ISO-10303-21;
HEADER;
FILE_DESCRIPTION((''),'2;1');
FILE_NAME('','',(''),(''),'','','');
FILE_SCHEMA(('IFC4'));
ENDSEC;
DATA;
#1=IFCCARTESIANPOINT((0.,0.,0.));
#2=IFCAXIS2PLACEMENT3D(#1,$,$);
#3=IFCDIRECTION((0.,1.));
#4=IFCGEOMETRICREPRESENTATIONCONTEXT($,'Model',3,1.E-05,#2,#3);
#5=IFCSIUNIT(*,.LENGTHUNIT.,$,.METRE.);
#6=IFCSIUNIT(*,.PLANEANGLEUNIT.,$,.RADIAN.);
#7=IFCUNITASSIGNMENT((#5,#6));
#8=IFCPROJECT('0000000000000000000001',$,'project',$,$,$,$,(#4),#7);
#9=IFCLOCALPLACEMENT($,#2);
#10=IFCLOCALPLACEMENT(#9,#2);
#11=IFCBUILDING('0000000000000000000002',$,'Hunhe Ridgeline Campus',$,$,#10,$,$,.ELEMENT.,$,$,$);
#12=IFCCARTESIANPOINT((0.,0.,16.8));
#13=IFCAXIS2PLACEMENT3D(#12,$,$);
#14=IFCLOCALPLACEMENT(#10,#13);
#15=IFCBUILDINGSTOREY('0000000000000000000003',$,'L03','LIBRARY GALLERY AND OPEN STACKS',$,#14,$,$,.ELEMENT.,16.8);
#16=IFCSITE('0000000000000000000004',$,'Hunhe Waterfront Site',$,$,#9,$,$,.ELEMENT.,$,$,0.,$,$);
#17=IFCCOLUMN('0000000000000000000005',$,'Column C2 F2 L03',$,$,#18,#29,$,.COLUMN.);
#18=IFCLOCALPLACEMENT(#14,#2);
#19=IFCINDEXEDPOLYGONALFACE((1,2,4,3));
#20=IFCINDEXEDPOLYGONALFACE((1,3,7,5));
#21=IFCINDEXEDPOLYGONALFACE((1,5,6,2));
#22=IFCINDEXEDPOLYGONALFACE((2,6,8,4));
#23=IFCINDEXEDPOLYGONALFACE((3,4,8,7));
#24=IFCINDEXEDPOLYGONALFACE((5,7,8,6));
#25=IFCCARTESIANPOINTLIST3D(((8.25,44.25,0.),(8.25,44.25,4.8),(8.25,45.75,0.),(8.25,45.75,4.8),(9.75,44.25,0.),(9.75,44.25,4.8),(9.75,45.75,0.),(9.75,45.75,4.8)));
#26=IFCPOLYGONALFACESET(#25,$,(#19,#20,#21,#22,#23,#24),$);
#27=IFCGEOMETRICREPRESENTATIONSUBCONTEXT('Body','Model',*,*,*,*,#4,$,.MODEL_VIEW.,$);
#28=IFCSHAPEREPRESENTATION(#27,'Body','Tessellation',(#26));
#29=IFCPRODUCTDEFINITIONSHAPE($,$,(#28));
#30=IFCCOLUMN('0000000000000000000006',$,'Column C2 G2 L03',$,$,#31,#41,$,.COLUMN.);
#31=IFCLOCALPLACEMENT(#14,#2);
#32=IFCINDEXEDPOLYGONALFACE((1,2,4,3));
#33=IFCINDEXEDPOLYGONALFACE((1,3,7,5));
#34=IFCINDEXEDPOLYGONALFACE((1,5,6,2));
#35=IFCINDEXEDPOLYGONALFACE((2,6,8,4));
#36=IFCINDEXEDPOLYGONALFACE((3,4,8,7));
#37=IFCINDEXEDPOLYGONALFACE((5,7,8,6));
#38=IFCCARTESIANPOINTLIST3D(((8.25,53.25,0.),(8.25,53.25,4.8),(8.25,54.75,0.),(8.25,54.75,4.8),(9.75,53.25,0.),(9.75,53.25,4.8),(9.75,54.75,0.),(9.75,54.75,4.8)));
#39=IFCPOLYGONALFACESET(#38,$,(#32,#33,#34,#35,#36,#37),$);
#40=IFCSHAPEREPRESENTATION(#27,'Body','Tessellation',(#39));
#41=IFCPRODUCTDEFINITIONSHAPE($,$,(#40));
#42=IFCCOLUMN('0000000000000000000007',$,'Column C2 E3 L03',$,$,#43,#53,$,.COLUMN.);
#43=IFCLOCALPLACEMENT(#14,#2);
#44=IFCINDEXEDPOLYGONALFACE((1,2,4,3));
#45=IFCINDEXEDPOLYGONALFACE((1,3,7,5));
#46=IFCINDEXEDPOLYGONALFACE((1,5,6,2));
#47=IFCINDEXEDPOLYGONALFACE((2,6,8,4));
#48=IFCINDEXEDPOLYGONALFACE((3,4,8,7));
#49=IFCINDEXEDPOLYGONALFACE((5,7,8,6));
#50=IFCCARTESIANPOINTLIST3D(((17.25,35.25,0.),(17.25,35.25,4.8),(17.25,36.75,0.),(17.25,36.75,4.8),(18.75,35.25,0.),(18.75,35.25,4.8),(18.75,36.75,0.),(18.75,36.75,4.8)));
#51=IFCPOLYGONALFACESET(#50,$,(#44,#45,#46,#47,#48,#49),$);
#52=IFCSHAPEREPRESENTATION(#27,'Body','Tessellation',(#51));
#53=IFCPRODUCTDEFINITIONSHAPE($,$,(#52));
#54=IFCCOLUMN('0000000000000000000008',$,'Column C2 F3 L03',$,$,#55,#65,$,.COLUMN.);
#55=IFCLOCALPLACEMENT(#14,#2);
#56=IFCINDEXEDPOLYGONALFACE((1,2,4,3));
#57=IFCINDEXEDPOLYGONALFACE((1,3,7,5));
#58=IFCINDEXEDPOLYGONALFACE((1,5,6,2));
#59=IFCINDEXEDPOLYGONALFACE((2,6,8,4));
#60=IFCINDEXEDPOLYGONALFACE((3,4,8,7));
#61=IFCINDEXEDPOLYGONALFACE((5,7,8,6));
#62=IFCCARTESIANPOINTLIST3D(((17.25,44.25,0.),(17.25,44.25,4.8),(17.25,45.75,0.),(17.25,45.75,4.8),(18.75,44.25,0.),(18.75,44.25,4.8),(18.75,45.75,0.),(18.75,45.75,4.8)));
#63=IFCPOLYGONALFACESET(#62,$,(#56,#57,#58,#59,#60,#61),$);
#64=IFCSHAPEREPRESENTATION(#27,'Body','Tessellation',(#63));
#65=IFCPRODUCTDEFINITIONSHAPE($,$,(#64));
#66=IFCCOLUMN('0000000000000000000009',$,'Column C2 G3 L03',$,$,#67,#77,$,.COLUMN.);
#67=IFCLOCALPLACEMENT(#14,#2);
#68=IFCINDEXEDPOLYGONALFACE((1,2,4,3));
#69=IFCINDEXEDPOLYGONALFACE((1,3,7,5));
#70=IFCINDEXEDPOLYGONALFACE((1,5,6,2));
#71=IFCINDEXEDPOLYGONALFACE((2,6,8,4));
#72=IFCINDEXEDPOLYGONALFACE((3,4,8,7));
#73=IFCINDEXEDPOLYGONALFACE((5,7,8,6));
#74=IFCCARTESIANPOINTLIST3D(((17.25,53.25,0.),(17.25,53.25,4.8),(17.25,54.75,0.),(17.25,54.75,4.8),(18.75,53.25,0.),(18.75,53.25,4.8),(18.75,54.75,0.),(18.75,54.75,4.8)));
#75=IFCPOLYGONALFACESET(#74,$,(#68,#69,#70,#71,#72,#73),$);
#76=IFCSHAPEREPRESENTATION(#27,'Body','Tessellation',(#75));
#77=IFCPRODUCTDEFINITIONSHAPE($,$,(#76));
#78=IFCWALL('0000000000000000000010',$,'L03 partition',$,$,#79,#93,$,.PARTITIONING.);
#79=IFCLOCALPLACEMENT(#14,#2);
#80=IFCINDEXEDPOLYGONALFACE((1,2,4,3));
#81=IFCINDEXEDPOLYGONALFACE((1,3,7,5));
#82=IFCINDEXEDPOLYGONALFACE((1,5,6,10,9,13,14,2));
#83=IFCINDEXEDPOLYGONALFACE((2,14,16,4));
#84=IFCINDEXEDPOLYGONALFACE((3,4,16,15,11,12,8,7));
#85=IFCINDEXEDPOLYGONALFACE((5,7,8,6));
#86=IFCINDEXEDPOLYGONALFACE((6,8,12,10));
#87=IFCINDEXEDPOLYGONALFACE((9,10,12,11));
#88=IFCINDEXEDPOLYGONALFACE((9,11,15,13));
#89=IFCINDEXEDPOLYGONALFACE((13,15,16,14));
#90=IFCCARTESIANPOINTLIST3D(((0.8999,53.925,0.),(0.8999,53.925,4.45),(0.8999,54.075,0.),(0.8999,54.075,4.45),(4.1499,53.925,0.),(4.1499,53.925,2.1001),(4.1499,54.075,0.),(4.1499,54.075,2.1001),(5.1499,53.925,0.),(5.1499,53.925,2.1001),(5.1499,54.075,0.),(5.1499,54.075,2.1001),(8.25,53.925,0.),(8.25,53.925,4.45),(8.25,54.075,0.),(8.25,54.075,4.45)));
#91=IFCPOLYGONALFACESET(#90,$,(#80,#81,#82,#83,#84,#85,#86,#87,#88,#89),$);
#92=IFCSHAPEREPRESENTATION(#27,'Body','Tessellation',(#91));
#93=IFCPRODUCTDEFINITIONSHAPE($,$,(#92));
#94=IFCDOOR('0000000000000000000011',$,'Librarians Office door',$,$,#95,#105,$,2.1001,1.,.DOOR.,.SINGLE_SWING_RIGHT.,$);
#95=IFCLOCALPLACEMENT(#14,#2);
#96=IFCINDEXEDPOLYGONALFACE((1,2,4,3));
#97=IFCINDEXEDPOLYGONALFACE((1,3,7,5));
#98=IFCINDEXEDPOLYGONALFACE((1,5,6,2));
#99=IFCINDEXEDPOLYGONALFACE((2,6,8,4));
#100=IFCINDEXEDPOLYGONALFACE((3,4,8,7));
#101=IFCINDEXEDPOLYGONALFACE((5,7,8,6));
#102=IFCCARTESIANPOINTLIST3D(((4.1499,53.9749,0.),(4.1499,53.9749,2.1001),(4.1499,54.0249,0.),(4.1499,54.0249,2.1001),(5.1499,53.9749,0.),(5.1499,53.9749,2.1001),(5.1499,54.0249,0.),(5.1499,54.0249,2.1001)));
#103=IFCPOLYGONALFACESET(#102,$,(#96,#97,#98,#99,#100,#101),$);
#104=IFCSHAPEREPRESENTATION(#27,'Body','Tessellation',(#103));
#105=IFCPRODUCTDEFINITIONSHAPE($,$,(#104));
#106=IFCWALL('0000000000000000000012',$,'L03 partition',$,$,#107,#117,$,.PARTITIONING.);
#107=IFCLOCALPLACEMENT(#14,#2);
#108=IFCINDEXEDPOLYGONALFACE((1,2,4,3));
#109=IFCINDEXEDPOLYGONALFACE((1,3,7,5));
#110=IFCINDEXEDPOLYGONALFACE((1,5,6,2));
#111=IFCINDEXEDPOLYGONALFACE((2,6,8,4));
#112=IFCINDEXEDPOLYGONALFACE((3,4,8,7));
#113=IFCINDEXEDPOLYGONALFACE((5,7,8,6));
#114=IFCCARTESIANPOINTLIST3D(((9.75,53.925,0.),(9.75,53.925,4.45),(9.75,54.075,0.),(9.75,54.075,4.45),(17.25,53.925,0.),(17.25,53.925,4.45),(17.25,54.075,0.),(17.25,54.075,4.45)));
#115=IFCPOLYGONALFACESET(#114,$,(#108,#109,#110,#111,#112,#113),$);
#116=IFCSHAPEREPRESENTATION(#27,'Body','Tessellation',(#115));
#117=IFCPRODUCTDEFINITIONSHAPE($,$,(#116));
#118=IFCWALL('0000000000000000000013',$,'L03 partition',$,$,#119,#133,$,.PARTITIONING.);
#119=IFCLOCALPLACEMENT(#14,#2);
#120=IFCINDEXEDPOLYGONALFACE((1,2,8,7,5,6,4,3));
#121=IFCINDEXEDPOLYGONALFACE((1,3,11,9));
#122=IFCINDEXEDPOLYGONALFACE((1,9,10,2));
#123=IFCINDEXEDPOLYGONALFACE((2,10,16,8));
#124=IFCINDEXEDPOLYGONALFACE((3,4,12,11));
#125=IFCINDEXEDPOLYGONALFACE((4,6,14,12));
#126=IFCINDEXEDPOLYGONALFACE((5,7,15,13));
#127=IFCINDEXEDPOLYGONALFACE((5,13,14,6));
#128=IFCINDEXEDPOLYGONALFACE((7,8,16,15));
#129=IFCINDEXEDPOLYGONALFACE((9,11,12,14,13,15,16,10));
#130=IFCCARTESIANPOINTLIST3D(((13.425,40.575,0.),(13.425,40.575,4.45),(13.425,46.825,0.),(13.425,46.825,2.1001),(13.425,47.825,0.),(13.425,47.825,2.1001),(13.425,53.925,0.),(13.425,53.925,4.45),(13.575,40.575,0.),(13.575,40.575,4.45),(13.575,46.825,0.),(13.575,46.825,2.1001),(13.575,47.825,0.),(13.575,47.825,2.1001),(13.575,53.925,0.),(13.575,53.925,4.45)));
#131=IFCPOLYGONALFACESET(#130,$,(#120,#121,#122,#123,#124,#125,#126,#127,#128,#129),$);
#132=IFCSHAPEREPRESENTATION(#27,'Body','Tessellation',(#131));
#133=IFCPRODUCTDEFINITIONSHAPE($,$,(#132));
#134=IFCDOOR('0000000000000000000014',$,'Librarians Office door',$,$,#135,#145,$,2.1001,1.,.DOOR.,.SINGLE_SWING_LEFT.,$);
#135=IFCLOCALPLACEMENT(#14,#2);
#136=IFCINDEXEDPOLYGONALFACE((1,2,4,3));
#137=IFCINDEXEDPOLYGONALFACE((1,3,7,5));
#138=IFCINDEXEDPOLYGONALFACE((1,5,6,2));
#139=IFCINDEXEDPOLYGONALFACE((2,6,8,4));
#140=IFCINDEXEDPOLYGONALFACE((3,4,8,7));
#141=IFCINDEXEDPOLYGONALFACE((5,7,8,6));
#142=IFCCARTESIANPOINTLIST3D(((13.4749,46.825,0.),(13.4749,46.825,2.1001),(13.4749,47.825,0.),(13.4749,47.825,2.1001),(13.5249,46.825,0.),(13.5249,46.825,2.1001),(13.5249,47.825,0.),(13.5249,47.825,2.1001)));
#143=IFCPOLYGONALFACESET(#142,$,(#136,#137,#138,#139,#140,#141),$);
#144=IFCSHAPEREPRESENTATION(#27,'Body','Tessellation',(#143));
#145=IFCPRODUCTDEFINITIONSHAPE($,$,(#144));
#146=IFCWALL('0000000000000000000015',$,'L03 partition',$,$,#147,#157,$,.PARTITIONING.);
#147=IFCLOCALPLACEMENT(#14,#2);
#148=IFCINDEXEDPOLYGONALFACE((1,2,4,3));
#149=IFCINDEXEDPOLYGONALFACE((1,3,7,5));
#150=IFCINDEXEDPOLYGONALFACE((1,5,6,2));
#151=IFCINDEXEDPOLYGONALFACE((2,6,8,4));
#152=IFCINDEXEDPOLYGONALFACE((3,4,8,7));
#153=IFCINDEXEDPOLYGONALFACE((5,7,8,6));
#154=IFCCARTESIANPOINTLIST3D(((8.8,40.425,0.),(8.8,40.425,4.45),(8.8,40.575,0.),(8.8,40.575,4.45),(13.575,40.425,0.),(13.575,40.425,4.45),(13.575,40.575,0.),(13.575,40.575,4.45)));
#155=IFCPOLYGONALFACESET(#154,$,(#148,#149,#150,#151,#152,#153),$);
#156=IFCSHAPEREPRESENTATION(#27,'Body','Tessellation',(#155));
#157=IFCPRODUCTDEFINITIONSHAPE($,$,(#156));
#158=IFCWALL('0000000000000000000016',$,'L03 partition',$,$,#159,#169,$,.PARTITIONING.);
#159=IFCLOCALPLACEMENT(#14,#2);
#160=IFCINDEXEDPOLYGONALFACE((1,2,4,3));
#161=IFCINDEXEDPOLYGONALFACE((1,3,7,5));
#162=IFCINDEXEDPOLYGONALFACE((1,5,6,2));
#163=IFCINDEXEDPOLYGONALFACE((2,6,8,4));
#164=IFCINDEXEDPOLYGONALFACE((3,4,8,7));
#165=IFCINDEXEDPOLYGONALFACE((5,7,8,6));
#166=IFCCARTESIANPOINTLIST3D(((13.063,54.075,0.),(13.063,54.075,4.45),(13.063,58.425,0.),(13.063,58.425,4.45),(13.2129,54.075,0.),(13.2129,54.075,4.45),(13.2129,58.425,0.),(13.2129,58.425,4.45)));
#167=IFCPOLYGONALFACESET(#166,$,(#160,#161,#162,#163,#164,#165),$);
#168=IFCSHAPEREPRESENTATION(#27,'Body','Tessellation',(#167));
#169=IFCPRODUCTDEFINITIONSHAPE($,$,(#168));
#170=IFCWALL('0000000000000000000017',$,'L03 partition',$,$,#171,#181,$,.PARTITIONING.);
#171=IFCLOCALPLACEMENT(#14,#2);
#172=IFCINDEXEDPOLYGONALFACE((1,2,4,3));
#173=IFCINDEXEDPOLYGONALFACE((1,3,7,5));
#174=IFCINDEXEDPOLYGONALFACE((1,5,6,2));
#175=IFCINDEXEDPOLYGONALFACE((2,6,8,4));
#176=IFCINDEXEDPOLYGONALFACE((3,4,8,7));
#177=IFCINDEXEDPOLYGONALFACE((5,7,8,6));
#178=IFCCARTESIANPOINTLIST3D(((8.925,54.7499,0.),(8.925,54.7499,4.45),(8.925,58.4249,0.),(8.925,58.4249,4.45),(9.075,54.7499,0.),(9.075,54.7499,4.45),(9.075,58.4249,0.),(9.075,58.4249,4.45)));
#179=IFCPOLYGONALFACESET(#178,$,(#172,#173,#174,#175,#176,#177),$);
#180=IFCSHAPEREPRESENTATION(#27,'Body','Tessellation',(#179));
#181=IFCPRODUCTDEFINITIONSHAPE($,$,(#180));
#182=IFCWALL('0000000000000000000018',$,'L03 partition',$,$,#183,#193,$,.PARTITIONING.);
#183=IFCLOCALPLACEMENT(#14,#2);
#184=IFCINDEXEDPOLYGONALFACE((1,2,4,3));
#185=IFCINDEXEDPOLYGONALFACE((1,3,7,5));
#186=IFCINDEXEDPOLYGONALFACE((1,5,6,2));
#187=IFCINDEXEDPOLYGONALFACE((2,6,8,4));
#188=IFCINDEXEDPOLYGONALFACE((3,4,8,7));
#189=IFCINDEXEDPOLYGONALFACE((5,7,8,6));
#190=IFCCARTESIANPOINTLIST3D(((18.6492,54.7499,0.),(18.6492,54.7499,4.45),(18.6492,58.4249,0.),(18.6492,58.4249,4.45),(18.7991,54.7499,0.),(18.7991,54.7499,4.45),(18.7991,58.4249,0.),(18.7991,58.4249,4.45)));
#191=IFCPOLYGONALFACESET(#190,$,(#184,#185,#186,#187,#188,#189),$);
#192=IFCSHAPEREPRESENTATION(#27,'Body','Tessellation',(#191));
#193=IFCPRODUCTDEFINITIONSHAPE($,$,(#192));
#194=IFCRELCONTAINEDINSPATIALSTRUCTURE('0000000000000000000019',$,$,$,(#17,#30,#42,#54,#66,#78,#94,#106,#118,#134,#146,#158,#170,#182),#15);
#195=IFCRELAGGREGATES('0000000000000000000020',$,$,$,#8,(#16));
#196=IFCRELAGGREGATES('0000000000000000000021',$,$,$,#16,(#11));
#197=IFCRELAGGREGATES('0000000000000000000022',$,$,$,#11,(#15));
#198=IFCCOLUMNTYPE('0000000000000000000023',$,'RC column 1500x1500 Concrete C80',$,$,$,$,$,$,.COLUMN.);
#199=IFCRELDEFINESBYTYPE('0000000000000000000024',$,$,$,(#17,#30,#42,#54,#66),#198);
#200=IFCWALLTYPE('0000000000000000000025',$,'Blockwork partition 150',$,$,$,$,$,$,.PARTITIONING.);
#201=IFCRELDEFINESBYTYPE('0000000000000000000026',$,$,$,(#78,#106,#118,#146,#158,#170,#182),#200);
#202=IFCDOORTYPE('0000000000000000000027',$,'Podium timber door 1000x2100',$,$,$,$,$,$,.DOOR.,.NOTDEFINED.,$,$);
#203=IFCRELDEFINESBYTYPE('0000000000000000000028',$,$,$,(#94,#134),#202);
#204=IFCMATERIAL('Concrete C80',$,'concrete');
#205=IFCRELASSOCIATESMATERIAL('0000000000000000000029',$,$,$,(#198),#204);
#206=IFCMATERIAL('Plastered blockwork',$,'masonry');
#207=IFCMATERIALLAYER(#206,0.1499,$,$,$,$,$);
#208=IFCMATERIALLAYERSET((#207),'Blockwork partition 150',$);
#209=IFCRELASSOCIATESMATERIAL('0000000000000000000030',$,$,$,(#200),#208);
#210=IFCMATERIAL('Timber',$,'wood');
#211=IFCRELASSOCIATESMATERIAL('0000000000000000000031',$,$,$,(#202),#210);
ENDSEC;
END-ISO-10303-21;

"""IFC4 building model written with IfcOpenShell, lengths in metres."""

from ifc_helpers import new_model, si_unit, direction, frame, frame_2d, origin, origin_2d, place, context, subcontext, project, spatial, rectangle, extrude, material, layer, layer_set, material_profile, profile_set, type_object, element, fill, save


model = new_model("IFC4")

# Units and contexts
model_context = context("Model", 3, precision=1e-05, world=origin(), true_north=direction((0.0, 1.0)))
body_context = subcontext(model_context, "Body", "Model", "MODEL_VIEW")
ifc_project = project(units=[si_unit("LENGTHUNIT", "METRE"), si_unit("PLANEANGLEUNIT", "RADIAN")], contexts=[model_context])

# Site, building, storey
site_placement = place(None, origin())
site = spatial("IfcSite", under=ifc_project, at=site_placement, Name="Hunhe Waterfront Site", CompositionType="ELEMENT", RefElevation=0.0)
building_placement = place(site_placement, origin())
building = spatial("IfcBuilding", under=site, at=building_placement, Name="Hunhe Ridgeline Campus", CompositionType="ELEMENT")
storey_placement = place(building_placement, frame((0.0, 0.0, 16.8)))
storey = spatial("IfcBuildingStorey", under=building, at=storey_placement, Name="L03", Description="LIBRARY GALLERY AND OPEN STACKS", CompositionType="ELEMENT", Elevation=16.8)

# Columns
ifc_material_1 = material(Name="Concrete C80", Category="concrete")
ifc_material_profile = material_profile(ifc_material_1, rectangle(XDim=1.5, YDim=1.5, at=origin_2d()))
ifc_profile_set = profile_set([ifc_material_profile], Name="Concrete C80")
column_type = type_object("IfcColumnType", Name="RC column 1500x1500 Concrete C80", PredefinedType="COLUMN", material=ifc_profile_set)
for number, where, z_axis, x_axis, name in (
    (1, (9.0, 45.0, 0.0), (0.0, 0.0, 1.0), (1.0, 0.0, 0.0), "Column C2 F2 L03"),
    (2, (9.0, 54.0, 0.0), (0.0, 0.0, 1.0), (1.0, 0.0, 0.0), "Column C2 G2 L03"),
    (3, (18.0, 36.0, 0.0), (0.0, 0.0, 1.0), (1.0, 0.0, 0.0), "Column C2 E3 L03"),
    (4, (18.0, 45.0, 0.0), (0.0, 0.0, 1.0), (1.0, 0.0, 0.0), "Column C2 F3 L03"),
    (5, (18.0, 54.0, 0.0), (0.0, 0.0, 1.0), (1.0, 0.0, 0.0), "Column C2 G3 L03"),
):
    element("IfcColumn", number, at=place(storey_placement, frame(where, z_axis=z_axis, x_axis=x_axis)), inside=storey, type_object=column_type, Name=name, PredefinedType="COLUMN", context=body_context, shape_type="SweptSolid", body=[
        extrude(rectangle(XDim=1.5, YDim=1.5, at=origin_2d()), origin(), (0.0, 0.0, 1.0), 4.8),
    ])

# Wall, opening, door
ifc_material_2 = material(Name="Plastered blockwork", Category="masonry")
ifc_layer_1 = layer(ifc_material_2, 0.1499)
ifc_layer_set_1 = layer_set([ifc_layer_1], Name="Blockwork partition 150")
wall_type_1 = type_object("IfcWallType", Name="Blockwork partition 150", PredefinedType="PARTITIONING", material=ifc_layer_set_1)
wall_1_placement = place(storey_placement, frame((0.8999, 54.0, 0.0), z_axis=(0.0, 0.0, 1.0), x_axis=(1.0, 0.0, 0.0)))
wall_1 = element("IfcWall", 6, at=wall_1_placement, inside=storey, type_object=wall_type_1, Name="L03 partition", PredefinedType="PARTITIONING", context=body_context, shape_type="SweptSolid", body=[
    extrude(rectangle(XDim=7.3501, YDim=0.1499, at=frame_2d((3.675, 0.0))), origin(), (0.0, 0.0, 1.0), 4.45),
])
opening_1_placement = place(wall_1_placement, frame((3.25, 0.0, 0.0)))
opening_1 = element("IfcOpeningElement", 7, at=opening_1_placement, cuts=wall_1, PredefinedType="OPENING", context=body_context, shape_type="SweptSolid", body=[
    extrude(rectangle(XDim=1.0, YDim=2.1001, at=frame_2d((0.5, 1.05))), frame((0.0, 0.075, 0.0), z_axis=(0.0, -1.0, 0.0), x_axis=(1.0, 0.0, 0.0)), (0.0, 0.0, 1.0), 0.1499),
])
ifc_material_3 = material(Name="Timber", Category="wood")
door_type_1 = type_object("IfcDoorType", Name="Podium timber door 1000x2100", OperationType="NOTDEFINED", PredefinedType="DOOR", material=ifc_material_3)
door_1_placement = place(opening_1_placement, origin())
door_1 = element("IfcDoor", 8, at=door_1_placement, inside=storey, type_object=door_type_1, Name="Librarians Office door", OperationType="SINGLE_SWING_RIGHT", OverallHeight=2.1001, OverallWidth=1.0, PredefinedType="DOOR", context=body_context, shape_type="SweptSolid", body=[
    extrude(rectangle(XDim=1.0, YDim=2.1001, at=frame_2d((0.5, 1.05))), frame((0.0, 0.0249, 0.0), z_axis=(0.0, -1.0, 0.0), x_axis=(1.0, 0.0, 0.0)), (0.0, 0.0, 1.0), 0.05),
])
fill(opening_1, door_1)

# Wall
wall_2_placement = place(storey_placement, frame((9.75, 54.0, 0.0), z_axis=(0.0, 0.0, 1.0), x_axis=(1.0, 0.0, 0.0)))
element("IfcWall", 9, at=wall_2_placement, inside=storey, type_object=wall_type_1, Name="L03 partition", PredefinedType="PARTITIONING", context=body_context, shape_type="SweptSolid", body=[
    extrude(rectangle(XDim=7.5, YDim=0.1499, at=frame_2d((3.75, 0.0))), origin(), (0.0, 0.0, 1.0), 4.45),
])

# Wall, opening, door
wall_3_placement = place(storey_placement, frame((13.5, 53.925, 0.0), z_axis=(0.0, 0.0, 1.0), x_axis=(0.0, -1.0, 0.0)))
wall_3 = element("IfcWall", 10, at=wall_3_placement, inside=storey, type_object=wall_type_1, Name="L03 partition", PredefinedType="PARTITIONING", context=body_context, shape_type="SweptSolid", body=[
    extrude(rectangle(XDim=13.3501, YDim=0.1499, at=frame_2d((6.675, 0.0))), origin(), (0.0, 0.0, 1.0), 4.45),
])
opening_2_placement = place(wall_3_placement, frame((6.1001, 0.0, 0.0)))
opening_2 = element("IfcOpeningElement", 11, at=opening_2_placement, cuts=wall_3, PredefinedType="OPENING", context=body_context, shape_type="SweptSolid", body=[
    extrude(rectangle(XDim=1.0, YDim=2.1001, at=frame_2d((0.5, 1.05))), frame((0.0, 0.075, 0.0), z_axis=(0.0, -1.0, 0.0), x_axis=(1.0, 0.0, 0.0)), (0.0, 0.0, 1.0), 0.1499),
])
door_2_placement = place(opening_2_placement, origin())
door_2 = element("IfcDoor", 12, at=door_2_placement, inside=storey, type_object=door_type_1, Name="Librarians Office door", OperationType="SINGLE_SWING_LEFT", OverallHeight=2.1001, OverallWidth=1.0, PredefinedType="DOOR", context=body_context, shape_type="SweptSolid", body=[
    extrude(rectangle(XDim=1.0, YDim=2.1001, at=frame_2d((0.5, 1.05))), frame((0.0, 0.0249, 0.0), z_axis=(0.0, -1.0, 0.0), x_axis=(1.0, 0.0, 0.0)), (0.0, 0.0, 1.0), 0.05),
])
fill(opening_2, door_2)

# Walls
wall_4_placement = place(storey_placement, frame((13.575, 40.5, 0.0), z_axis=(0.0, 0.0, 1.0), x_axis=(-1.0, 0.0, 0.0)))
element("IfcWall", 13, at=wall_4_placement, inside=storey, type_object=wall_type_1, Name="L03 partition", PredefinedType="PARTITIONING", context=body_context, shape_type="SweptSolid", body=[
    extrude(rectangle(XDim=4.7749, YDim=0.1499, at=frame_2d((2.3875, 0.0))), origin(), (0.0, 0.0, 1.0), 4.45),
])
wall_5_placement = place(storey_placement, frame((13.1379, 54.075, 0.0), z_axis=(0.0, 0.0, 1.0), x_axis=(0.0, 1.0, 0.0)))
element("IfcWall", 14, at=wall_5_placement, inside=storey, type_object=wall_type_1, Name="L03 partition", PredefinedType="PARTITIONING", context=body_context, shape_type="SweptSolid", body=[
    extrude(rectangle(XDim=4.3501, YDim=0.1499, at=frame_2d((2.175, 0.0))), origin(), (0.0, 0.0, 1.0), 4.45),
])
for number, where, z_axis, x_axis, name in (
    (15, (9.0, 54.75, 0.0), (0.0, 0.0, 1.0), (0.0, 1.0, 0.0), "L03 partition"),
    (16, (18.7241, 54.75, 0.0), (0.0, 0.0, 1.0), (0.0, 1.0, 0.0), "L03 partition"),
):
    element("IfcWall", number, at=place(storey_placement, frame(where, z_axis=z_axis, x_axis=x_axis)), inside=storey, type_object=wall_type_1, Name=name, PredefinedType="PARTITIONING", context=body_context, shape_type="SweptSolid", body=[
        extrude(rectangle(XDim=3.675, YDim=0.1499, at=frame_2d((1.8374, 0.0))), origin(), (0.0, 0.0, 1.0), 4.45),
    ])

save(model, "model.ifc")
